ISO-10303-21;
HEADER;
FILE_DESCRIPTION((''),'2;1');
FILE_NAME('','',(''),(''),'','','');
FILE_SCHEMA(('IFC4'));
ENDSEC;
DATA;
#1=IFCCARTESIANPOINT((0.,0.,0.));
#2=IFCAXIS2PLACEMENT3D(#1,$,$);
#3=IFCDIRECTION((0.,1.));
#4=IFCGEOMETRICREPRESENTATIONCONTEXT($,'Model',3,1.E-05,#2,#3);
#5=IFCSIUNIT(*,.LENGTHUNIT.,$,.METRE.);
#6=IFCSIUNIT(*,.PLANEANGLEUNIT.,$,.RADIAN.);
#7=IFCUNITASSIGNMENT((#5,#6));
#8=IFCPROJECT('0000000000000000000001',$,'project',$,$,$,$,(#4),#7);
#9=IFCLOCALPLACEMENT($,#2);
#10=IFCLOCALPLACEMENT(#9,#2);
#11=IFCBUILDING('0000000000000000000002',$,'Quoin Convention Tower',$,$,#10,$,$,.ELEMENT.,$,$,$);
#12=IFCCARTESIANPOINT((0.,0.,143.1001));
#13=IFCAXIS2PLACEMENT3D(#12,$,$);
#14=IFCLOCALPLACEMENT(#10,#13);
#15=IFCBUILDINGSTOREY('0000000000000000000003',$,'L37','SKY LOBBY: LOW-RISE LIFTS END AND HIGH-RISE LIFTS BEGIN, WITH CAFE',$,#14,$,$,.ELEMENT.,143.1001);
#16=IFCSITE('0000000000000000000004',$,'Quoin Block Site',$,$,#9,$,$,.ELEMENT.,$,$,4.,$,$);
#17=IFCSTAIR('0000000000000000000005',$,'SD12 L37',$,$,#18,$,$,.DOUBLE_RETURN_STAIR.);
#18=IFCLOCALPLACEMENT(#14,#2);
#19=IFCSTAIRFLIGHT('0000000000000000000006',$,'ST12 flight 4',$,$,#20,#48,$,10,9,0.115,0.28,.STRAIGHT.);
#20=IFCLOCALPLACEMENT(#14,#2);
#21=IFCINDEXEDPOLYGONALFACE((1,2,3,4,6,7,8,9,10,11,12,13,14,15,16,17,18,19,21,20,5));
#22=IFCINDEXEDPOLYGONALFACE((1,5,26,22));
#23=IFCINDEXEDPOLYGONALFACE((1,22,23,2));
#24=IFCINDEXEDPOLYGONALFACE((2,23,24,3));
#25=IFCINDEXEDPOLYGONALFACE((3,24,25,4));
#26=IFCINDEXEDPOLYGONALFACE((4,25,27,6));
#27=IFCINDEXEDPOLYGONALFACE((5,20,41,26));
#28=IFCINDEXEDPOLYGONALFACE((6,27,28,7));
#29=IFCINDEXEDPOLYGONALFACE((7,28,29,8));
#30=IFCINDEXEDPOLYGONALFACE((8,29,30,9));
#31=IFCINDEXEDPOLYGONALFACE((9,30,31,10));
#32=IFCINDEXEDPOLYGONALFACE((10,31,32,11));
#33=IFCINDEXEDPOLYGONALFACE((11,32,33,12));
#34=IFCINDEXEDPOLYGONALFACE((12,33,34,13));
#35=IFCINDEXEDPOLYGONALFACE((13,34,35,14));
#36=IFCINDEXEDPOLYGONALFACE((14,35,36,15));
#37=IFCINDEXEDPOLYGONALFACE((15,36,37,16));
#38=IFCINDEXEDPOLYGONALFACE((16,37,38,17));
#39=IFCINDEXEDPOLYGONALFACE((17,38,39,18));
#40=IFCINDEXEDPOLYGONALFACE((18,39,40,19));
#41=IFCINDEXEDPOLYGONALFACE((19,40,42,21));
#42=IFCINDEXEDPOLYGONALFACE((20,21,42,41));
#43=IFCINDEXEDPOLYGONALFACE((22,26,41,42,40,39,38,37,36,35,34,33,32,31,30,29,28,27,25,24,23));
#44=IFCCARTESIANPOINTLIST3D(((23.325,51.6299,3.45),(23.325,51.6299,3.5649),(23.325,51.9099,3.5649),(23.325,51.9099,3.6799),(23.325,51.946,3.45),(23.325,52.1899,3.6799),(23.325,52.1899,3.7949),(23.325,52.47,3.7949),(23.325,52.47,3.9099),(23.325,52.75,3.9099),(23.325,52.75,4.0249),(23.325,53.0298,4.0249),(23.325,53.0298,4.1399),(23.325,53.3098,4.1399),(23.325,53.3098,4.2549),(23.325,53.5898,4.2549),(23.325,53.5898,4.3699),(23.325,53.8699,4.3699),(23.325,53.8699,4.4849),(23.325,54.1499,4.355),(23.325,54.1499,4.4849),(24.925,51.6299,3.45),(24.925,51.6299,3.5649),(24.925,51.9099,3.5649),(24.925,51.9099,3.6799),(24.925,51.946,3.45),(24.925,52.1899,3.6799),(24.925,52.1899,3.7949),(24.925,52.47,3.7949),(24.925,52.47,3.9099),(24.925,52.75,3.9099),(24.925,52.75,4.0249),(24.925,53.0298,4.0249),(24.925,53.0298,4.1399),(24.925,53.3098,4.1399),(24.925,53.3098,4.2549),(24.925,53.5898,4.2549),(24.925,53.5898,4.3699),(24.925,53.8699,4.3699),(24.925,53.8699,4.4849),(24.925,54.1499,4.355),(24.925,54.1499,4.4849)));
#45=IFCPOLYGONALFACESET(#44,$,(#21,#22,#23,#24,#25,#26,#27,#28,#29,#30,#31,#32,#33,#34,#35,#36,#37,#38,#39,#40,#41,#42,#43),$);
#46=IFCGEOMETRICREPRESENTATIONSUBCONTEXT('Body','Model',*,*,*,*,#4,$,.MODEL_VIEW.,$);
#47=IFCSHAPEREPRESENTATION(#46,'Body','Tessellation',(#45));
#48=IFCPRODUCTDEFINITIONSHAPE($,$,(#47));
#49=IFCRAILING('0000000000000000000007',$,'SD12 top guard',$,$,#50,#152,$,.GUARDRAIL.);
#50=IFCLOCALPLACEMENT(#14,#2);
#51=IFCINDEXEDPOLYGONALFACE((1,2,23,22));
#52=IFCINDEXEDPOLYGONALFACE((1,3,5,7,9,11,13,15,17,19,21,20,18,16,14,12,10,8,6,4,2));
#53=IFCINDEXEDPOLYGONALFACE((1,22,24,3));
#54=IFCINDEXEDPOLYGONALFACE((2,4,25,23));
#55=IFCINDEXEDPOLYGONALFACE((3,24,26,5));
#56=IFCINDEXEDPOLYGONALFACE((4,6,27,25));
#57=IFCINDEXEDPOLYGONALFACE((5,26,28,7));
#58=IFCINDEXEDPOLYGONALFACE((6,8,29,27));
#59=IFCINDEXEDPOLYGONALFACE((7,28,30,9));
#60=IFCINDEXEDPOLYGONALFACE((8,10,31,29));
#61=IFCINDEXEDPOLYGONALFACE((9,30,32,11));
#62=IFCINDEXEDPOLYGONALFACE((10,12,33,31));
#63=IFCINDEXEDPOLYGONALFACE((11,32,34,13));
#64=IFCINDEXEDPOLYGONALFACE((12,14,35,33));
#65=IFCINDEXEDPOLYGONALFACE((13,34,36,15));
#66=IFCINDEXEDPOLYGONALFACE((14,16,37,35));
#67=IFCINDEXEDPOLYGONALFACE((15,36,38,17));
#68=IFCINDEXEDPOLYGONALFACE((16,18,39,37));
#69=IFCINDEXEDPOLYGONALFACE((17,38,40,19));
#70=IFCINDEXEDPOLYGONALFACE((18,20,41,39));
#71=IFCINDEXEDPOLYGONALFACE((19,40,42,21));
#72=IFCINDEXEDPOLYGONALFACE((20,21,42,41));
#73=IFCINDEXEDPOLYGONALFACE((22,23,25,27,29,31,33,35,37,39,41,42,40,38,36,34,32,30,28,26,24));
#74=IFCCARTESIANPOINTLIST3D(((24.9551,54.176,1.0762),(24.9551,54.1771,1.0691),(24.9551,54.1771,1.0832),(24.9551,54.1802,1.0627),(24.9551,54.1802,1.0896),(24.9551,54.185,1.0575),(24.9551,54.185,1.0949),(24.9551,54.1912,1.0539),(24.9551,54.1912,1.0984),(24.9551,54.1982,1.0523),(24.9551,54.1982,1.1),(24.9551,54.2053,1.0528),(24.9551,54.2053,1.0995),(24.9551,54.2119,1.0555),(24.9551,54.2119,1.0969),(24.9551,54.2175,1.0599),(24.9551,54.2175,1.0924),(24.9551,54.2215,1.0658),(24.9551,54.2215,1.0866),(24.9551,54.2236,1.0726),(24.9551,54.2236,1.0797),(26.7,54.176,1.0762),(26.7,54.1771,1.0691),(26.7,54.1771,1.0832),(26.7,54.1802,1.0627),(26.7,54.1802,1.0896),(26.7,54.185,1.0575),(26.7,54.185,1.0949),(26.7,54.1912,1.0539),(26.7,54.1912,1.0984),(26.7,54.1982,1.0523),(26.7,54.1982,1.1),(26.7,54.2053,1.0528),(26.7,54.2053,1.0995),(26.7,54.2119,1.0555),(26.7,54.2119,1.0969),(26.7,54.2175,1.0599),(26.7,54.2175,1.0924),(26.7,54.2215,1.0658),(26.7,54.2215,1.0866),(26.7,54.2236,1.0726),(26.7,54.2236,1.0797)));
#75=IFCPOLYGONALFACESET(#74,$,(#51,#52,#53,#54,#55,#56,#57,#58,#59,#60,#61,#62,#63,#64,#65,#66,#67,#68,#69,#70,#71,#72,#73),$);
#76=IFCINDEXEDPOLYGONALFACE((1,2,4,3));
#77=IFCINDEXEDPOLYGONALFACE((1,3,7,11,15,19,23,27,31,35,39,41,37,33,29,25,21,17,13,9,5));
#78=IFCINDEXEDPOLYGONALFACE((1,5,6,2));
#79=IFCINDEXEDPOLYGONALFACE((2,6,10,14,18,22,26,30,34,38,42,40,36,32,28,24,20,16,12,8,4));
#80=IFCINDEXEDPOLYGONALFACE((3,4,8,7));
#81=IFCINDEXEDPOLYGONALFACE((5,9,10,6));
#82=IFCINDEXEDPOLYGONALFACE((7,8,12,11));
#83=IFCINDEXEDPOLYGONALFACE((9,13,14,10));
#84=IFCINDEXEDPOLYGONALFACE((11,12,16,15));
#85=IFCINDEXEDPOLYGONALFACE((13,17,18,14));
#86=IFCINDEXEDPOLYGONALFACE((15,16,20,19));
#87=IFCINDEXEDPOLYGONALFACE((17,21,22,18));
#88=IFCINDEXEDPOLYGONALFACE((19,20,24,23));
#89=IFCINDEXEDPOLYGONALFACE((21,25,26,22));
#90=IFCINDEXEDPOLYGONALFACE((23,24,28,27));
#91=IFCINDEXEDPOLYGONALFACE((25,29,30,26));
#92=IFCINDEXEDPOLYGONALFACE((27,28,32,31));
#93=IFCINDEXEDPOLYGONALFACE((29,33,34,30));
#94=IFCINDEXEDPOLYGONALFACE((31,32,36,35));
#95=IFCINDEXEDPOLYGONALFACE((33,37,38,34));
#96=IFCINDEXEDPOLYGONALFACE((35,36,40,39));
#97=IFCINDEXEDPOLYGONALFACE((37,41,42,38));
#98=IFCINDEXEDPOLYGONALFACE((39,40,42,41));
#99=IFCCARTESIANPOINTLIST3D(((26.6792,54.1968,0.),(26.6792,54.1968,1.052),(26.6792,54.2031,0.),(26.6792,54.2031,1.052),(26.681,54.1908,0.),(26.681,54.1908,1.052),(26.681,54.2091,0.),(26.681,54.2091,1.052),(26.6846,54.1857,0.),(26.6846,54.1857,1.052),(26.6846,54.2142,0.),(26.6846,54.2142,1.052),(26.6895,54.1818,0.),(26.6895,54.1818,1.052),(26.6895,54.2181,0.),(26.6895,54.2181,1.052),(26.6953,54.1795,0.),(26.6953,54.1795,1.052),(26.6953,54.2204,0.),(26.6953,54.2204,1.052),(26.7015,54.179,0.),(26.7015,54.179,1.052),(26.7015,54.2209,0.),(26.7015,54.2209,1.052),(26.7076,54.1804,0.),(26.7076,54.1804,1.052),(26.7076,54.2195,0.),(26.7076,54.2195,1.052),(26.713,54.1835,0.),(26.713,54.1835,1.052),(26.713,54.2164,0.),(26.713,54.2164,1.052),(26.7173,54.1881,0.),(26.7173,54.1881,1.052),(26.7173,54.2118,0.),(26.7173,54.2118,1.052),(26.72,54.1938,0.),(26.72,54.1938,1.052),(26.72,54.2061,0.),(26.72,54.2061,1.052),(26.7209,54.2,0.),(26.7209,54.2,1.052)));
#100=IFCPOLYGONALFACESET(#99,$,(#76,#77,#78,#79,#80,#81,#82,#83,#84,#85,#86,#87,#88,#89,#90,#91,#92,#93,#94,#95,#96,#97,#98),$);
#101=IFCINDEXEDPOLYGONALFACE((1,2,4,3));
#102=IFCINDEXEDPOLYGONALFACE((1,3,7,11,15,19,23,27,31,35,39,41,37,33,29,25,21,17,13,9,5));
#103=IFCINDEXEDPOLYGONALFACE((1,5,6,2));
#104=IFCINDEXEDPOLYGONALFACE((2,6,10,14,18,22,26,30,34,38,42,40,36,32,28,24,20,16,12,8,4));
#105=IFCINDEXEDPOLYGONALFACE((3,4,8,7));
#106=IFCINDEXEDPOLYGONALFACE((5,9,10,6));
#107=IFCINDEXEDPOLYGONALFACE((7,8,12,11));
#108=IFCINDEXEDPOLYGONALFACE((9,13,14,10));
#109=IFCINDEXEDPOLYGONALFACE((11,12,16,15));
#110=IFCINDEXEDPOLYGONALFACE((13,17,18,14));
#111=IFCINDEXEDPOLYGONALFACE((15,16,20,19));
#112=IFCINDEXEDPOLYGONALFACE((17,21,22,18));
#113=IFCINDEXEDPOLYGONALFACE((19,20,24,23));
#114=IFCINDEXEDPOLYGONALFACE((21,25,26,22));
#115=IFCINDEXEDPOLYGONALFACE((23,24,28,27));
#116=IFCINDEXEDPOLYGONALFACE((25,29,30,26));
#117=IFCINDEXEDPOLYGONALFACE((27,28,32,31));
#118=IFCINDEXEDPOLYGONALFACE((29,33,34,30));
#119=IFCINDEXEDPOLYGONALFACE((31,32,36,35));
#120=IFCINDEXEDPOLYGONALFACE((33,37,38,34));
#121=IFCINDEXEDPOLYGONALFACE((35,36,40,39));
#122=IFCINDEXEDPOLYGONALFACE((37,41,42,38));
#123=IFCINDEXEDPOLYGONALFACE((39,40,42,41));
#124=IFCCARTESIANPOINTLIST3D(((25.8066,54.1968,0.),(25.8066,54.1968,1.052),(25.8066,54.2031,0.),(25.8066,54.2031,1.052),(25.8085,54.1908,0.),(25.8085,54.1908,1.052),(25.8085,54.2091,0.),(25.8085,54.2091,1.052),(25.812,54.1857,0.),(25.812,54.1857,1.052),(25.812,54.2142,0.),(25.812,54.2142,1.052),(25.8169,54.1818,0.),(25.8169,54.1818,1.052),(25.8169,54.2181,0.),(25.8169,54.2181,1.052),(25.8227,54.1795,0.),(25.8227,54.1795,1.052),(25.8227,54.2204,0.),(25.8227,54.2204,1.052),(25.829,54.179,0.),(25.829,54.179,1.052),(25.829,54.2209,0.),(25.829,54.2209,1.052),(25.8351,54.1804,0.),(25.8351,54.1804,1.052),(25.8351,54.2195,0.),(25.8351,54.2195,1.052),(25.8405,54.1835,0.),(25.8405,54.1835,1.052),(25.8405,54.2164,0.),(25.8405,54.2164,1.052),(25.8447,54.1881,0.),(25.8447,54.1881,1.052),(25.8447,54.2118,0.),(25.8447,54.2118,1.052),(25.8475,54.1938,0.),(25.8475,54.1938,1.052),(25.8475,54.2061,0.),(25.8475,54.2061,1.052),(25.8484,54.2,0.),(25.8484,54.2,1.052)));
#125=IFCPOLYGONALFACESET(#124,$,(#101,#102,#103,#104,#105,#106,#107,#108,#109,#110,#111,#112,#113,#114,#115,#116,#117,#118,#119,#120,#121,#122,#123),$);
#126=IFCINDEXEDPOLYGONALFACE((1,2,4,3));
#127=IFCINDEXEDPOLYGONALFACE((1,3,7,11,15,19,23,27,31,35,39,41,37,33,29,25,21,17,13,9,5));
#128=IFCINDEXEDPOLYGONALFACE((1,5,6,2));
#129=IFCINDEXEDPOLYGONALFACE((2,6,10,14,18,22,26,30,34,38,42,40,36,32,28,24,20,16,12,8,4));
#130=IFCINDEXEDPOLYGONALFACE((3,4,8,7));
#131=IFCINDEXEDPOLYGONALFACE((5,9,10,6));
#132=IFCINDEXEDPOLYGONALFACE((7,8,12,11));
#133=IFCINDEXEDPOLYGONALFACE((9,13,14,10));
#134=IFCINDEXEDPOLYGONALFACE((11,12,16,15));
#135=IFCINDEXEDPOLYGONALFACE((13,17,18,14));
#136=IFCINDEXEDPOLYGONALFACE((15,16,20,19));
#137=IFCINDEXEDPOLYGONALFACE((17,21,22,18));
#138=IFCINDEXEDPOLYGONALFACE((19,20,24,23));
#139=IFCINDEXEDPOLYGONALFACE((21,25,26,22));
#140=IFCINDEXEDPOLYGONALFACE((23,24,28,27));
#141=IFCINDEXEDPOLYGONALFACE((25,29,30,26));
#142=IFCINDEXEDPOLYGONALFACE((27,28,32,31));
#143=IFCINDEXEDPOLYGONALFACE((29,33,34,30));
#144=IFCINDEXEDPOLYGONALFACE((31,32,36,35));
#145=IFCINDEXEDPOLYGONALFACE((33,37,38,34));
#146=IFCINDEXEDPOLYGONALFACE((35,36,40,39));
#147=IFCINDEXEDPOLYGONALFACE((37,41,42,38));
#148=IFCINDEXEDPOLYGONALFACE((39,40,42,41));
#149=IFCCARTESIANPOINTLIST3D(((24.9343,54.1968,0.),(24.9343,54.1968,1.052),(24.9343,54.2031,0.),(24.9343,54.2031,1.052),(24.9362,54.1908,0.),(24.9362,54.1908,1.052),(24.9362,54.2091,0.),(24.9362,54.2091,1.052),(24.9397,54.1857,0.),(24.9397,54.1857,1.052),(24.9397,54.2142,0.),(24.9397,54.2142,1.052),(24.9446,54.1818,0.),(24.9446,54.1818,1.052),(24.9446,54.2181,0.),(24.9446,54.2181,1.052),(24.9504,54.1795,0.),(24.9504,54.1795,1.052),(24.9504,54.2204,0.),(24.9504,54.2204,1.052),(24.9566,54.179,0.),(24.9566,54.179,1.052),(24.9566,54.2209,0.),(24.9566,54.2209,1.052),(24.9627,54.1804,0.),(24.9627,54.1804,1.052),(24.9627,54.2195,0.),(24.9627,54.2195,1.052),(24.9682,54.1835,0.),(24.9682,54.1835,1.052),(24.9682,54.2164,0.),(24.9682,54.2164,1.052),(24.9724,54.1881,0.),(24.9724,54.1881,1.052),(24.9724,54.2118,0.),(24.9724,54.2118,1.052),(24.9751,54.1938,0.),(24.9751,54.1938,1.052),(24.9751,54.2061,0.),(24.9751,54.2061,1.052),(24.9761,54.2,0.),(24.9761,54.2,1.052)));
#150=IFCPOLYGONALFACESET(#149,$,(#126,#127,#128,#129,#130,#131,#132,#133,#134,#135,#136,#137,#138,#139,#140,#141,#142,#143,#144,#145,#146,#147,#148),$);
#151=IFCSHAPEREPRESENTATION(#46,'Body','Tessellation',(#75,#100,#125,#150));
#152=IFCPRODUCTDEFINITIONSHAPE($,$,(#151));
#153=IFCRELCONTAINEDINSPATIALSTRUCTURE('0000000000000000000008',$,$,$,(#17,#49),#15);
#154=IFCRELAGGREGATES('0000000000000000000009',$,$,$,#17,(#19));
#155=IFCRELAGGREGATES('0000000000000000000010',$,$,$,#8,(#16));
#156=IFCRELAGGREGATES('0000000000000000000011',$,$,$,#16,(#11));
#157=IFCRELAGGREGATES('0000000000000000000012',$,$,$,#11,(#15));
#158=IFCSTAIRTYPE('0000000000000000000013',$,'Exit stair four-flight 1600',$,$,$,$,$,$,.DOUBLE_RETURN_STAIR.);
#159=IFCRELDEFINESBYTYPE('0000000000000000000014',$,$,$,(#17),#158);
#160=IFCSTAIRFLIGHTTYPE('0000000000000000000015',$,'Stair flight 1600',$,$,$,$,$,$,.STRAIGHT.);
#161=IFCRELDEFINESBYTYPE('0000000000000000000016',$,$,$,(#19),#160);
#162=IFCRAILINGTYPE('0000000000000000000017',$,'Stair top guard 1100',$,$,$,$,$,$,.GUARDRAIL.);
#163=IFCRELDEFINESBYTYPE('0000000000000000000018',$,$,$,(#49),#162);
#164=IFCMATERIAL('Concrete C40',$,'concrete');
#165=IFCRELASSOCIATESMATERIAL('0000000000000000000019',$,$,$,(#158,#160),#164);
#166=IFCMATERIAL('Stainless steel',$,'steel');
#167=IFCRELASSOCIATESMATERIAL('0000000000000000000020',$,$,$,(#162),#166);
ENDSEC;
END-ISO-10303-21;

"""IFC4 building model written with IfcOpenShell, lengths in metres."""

from ifc_helpers import new_model, si_unit, direction, frame, origin, origin_2d, place, context, subcontext, project, spatial, polyline, circle, outline, extrude, material, type_object, element, aggregate, save


model = new_model("IFC4")

# Units and contexts
model_context = context("Model", 3, precision=1e-05, world=origin(), true_north=direction((0.0, 1.0)))
body_context = subcontext(model_context, "Body", "Model", "MODEL_VIEW")
ifc_project = project(units=[si_unit("LENGTHUNIT", "METRE"), si_unit("PLANEANGLEUNIT", "RADIAN")], contexts=[model_context])

# Site, building, storey
site_placement = place(None, origin())
site = spatial("IfcSite", under=ifc_project, at=site_placement, Name="Quoin Block Site", CompositionType="ELEMENT", RefElevation=4.0)
building_placement = place(site_placement, origin())
building = spatial("IfcBuilding", under=site, at=building_placement, Name="Quoin Convention Tower", CompositionType="ELEMENT")
storey_placement = place(building_placement, frame((0.0, 0.0, 143.1001)))
storey = spatial("IfcBuildingStorey", under=building, at=storey_placement, Name="L37", Description="SKY LOBBY: LOW-RISE LIFTS END AND HIGH-RISE LIFTS BEGIN, WITH CAFE", CompositionType="ELEMENT", Elevation=143.1001)

# Stair, stair flight
ifc_material_1 = material(Name="Concrete C40", Category="concrete")
stair_type_1 = type_object("IfcStairType", Name="Exit stair four-flight 1600", PredefinedType="DOUBLE_RETURN_STAIR", material=ifc_material_1)
stair_1_placement = place(storey_placement, origin())
stair_1 = element("IfcStair", 1, at=stair_1_placement, inside=storey, type_object=stair_type_1, Name="SD12 L37", PredefinedType="DOUBLE_RETURN_STAIR")
stair_flight_type_1 = type_object("IfcStairFlightType", Name="Stair flight 1600", PredefinedType="STRAIGHT", material=ifc_material_1)
stair_flight_1_placement = place(storey_placement, frame((24.125, 51.6299, 3.45), z_axis=(0.0, 0.0, 1.0), x_axis=(0.0, 1.0, 0.0)))
stair_flight_1 = element("IfcStairFlight", 2, at=stair_flight_1_placement, type_object=stair_flight_type_1, Name="ST12 flight 4", NumberOfRisers=10, NumberOfTreads=9, PredefinedType="STRAIGHT", RiserHeight=0.115, TreadLength=0.28, context=body_context, shape_type="SweptSolid", body=[
    extrude(outline(polyline([(0.0, 0.0), (0.0, 0.115), (0.28, 0.115), (0.28, 0.23), (0.5601, 0.23), (0.5601, 0.345), (0.8401, 0.345), (0.8401, 0.46), (1.1201, 0.46), (1.1201, 0.575), (1.3999, 0.575), (1.3999, 0.6899), (1.6799, 0.6899), (1.6799, 0.8049), (1.96, 0.8049), (1.96, 0.9199), (2.24, 0.9199), (2.24, 1.0349), (2.52, 1.0349), (2.52, 1.1499), (2.52, 0.905), (0.3162, 0.0), (0.0, 0.0)])), frame((0.0, 0.8, 0.0), z_axis=(0.0, -1.0, 0.0), x_axis=(1.0, 0.0, 0.0)), (0.0, 0.0, 1.0), 1.6001),
])
aggregate(stair_1, [stair_flight_1])

# Railing
ifc_material_2 = material(Name="Stainless steel", Category="steel")
railing_type_1 = type_object("IfcRailingType", Name="Stair top guard 1100", PredefinedType="GUARDRAIL", material=ifc_material_2)
railing_1_placement = place(storey_placement, frame((26.7, 54.2, 0.0)))
element("IfcRailing", 3, at=railing_1_placement, inside=storey, type_object=railing_type_1, Name="SD12 top guard", PredefinedType="GUARDRAIL", context=body_context, shape_type="SweptSolid", body=[
    extrude(circle(Radius=0.0239, at=origin_2d()), frame((0.0, 0.0, 1.0762), z_axis=(-1.0, 0.0, 0.0), x_axis=(0.0, -1.0, 0.0)), (0.0, 0.0, 1.0), 1.7449),
    extrude(circle(Radius=0.021, at=origin_2d()), origin(), (0.0, 0.0, 1.0), 1.052),
    extrude(circle(Radius=0.021, at=origin_2d()), frame((-0.8726, 0.0, 0.0)), (0.0, 0.0, 1.0), 1.052),
    extrude(circle(Radius=0.021, at=origin_2d()), frame((-1.7449, 0.0, 0.0)), (0.0, 0.0, 1.0), 1.052),
])

save(model, "model.ifc")
